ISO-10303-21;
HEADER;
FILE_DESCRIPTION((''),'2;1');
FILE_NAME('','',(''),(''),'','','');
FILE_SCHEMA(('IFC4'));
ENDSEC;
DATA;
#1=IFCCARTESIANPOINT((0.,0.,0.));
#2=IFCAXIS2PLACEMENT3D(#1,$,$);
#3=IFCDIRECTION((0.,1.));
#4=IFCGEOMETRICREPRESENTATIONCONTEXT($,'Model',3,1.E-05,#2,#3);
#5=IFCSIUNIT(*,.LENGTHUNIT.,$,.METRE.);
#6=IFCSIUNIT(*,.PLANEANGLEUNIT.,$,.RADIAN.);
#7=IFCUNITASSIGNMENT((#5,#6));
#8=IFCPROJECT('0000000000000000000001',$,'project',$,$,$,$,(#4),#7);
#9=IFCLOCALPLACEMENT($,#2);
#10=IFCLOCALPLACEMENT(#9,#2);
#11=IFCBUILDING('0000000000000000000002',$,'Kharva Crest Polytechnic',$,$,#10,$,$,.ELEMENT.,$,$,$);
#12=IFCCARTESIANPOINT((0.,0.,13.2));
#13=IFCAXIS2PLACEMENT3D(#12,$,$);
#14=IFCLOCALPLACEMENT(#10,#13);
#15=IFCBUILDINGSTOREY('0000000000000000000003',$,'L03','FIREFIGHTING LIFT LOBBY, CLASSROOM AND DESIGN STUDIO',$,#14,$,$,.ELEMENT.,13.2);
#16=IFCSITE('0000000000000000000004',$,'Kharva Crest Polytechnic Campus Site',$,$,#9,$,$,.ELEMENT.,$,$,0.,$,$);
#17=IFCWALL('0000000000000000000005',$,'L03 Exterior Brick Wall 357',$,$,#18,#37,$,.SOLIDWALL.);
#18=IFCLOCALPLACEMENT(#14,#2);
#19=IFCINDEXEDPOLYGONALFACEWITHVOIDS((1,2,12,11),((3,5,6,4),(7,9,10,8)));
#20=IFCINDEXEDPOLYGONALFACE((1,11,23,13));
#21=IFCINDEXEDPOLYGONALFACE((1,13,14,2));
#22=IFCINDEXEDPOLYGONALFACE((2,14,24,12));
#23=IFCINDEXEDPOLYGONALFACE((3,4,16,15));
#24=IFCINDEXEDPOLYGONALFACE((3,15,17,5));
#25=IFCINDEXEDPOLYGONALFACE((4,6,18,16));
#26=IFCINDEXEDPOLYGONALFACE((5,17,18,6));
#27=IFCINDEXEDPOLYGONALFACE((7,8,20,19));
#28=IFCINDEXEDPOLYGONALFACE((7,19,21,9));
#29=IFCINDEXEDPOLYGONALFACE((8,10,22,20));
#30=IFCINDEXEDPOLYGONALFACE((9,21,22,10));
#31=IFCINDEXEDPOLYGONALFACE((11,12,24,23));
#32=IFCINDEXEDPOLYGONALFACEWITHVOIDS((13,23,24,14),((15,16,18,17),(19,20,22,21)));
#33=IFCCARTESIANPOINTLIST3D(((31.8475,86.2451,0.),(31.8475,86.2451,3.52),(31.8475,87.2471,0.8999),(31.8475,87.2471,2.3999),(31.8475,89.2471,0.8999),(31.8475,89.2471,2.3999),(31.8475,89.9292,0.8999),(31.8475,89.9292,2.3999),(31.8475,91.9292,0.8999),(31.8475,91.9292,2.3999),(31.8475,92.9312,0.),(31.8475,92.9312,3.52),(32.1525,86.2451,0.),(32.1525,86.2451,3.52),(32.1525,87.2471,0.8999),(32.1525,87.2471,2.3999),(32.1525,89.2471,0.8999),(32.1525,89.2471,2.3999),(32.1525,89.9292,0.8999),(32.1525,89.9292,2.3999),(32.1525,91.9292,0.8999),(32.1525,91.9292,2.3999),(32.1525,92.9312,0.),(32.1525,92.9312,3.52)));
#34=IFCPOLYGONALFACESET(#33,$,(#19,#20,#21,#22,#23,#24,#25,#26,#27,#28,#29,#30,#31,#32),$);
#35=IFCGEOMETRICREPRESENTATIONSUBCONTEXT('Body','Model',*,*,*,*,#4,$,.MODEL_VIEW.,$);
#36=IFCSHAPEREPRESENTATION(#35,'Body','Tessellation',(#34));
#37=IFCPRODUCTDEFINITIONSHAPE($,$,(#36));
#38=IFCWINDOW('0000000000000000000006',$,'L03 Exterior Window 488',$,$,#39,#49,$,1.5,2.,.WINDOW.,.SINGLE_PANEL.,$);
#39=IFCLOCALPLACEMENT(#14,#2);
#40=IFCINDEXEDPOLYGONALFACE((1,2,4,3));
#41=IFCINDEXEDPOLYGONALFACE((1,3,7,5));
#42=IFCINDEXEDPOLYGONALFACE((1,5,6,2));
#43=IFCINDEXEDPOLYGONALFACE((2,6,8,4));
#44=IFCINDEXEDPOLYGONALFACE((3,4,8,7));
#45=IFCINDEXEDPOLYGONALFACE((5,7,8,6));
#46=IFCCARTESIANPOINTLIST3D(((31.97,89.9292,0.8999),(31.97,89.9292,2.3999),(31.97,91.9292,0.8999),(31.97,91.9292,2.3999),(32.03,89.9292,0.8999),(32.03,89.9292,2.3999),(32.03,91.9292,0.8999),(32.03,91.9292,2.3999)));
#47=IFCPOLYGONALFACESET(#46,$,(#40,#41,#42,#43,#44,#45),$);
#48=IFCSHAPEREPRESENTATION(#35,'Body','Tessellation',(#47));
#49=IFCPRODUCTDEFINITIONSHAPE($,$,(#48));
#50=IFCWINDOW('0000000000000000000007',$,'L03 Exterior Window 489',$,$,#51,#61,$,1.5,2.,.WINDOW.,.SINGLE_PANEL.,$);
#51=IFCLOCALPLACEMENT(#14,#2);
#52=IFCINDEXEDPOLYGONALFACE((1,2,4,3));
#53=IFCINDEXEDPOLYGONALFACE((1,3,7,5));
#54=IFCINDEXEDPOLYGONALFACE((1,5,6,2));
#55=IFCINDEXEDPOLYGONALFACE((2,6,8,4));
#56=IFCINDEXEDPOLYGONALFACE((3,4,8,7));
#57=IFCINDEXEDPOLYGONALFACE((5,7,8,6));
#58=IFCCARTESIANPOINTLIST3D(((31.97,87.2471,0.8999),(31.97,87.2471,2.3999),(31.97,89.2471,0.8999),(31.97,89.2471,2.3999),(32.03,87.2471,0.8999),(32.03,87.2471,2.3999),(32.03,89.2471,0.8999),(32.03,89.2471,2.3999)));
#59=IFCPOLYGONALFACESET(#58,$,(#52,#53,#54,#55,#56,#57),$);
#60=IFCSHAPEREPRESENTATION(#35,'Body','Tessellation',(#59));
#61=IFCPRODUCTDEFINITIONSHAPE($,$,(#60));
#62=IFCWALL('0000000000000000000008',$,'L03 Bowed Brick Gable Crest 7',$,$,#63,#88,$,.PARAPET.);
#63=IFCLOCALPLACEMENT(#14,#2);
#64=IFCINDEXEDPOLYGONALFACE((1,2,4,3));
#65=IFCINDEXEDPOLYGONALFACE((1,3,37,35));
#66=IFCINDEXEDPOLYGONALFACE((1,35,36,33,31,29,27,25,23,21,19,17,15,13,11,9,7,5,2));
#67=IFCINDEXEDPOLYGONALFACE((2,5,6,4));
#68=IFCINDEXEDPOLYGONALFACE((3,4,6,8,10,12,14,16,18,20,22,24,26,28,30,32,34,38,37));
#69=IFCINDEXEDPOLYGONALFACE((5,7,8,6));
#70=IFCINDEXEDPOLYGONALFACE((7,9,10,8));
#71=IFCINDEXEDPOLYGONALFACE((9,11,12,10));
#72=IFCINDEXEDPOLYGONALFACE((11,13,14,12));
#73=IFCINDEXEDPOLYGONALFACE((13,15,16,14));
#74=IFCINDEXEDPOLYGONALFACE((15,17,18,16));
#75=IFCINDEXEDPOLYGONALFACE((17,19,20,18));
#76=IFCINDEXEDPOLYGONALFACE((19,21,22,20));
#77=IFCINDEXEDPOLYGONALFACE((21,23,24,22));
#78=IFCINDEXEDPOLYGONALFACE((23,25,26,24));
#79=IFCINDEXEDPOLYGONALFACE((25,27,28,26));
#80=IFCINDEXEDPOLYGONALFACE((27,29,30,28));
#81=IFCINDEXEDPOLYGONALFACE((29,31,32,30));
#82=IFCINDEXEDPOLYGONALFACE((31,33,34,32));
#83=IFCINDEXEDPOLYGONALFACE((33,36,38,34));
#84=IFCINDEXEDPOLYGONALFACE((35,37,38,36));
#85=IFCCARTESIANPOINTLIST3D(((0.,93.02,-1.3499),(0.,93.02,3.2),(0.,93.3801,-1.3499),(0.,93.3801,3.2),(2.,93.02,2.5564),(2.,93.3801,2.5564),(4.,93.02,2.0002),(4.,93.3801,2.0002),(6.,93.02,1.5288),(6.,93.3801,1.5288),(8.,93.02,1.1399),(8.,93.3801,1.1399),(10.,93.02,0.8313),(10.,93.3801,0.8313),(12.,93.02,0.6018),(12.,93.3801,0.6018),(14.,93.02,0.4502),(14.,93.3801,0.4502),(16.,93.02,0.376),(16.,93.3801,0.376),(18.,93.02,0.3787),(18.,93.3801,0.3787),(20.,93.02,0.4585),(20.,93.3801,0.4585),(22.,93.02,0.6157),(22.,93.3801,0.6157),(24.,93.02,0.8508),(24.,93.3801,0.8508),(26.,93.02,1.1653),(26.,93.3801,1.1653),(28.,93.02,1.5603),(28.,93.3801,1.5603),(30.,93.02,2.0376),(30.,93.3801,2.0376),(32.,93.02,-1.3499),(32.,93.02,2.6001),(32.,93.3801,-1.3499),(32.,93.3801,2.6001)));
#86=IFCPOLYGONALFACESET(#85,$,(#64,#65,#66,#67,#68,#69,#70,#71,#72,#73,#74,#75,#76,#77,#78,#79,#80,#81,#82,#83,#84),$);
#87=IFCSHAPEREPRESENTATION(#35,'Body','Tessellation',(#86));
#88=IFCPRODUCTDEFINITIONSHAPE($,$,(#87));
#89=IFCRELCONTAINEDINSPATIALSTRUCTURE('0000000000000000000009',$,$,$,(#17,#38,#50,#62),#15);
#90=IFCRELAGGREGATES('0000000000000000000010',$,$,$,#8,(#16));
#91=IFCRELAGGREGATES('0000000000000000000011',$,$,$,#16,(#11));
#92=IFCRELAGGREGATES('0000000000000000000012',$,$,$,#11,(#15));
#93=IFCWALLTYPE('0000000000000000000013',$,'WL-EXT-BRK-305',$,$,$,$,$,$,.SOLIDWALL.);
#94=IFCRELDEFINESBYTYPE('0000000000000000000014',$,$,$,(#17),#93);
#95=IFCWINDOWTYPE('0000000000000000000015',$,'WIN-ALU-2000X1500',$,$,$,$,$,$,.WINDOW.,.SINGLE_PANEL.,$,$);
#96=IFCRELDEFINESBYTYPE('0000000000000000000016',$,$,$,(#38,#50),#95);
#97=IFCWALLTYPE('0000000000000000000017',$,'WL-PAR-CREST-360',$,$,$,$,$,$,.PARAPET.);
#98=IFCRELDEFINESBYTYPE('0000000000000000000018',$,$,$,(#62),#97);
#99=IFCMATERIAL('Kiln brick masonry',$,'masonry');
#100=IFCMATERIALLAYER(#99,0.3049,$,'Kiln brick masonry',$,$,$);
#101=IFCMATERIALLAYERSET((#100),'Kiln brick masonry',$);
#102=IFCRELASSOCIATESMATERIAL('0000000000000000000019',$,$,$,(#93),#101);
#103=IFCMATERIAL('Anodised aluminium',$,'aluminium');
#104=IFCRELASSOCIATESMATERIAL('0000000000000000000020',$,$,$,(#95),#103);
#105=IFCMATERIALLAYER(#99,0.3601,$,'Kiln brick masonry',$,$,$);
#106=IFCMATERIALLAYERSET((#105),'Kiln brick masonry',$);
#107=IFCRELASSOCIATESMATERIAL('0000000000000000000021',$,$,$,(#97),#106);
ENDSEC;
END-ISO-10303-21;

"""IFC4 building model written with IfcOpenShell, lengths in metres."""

from ifc_helpers import new_model, si_unit, direction, frame, frame_2d, origin, place, context, subcontext, project, spatial, polyline, rectangle, outline, extrude, material, layer, layer_set, type_object, element, fill, save


model = new_model("IFC4")

# Units and contexts
model_context = context("Model", 3, precision=1e-05, world=origin(), true_north=direction((0.0, 1.0)))
body_context = subcontext(model_context, "Body", "Model", "MODEL_VIEW")
ifc_project = project(units=[si_unit("LENGTHUNIT", "METRE"), si_unit("PLANEANGLEUNIT", "RADIAN")], contexts=[model_context])

# Site, building, storey
site_placement = place(None, origin())
site = spatial("IfcSite", under=ifc_project, at=site_placement, Name="Kharva Crest Polytechnic Campus Site", CompositionType="ELEMENT", RefElevation=0.0)
building_placement = place(site_placement, origin())
building = spatial("IfcBuilding", under=site, at=building_placement, Name="Kharva Crest Polytechnic", CompositionType="ELEMENT")
storey_placement = place(building_placement, frame((0.0, 0.0, 13.2)))
storey = spatial("IfcBuildingStorey", under=building, at=storey_placement, Name="L03", Description="FIREFIGHTING LIFT LOBBY, CLASSROOM AND DESIGN STUDIO", CompositionType="ELEMENT", Elevation=13.2)

# Wall, openings, windows
ifc_material_1 = material(Name="Kiln brick masonry", Category="masonry")
ifc_layer_1 = layer(ifc_material_1, 0.3049, Name="Kiln brick masonry")
ifc_layer_set_1 = layer_set([ifc_layer_1], Name="Kiln brick masonry")
wall_type_1 = type_object("IfcWallType", Name="WL-EXT-BRK-305", PredefinedType="SOLIDWALL", material=ifc_layer_set_1)
wall_1_placement = place(storey_placement, frame((32.0, 92.9312, 0.0), z_axis=(0.0, 0.0, 1.0), x_axis=(0.0, -1.0, 0.0)))
wall_1 = element("IfcWall", 1, at=wall_1_placement, inside=storey, type_object=wall_type_1, Name="L03 Exterior Brick Wall 357", PredefinedType="SOLIDWALL", context=body_context, shape_type="SweptSolid", body=[
    extrude(rectangle(XDim=6.686, YDim=0.3049, at=frame_2d((3.343, 0.0))), origin(), (0.0, 0.0, 1.0), 3.52),
])
opening_1_placement = place(wall_1_placement, frame((1.002, 0.0, 0.8999)))
opening_1 = element("IfcOpeningElement", 2, at=opening_1_placement, cuts=wall_1, PredefinedType="OPENING", context=body_context, shape_type="SweptSolid", body=[
    extrude(rectangle(XDim=2.0, YDim=1.5, at=frame_2d((1.0, 0.75))), frame((0.0, 0.1624, 0.0), z_axis=(0.0, -1.0, 0.0), x_axis=(1.0, 0.0, 0.0)), (0.0, 0.0, 1.0), 0.325),
])
opening_2_placement = place(wall_1_placement, frame((3.6841, 0.0, 0.8999)))
opening_2 = element("IfcOpeningElement", 3, at=opening_2_placement, cuts=wall_1, PredefinedType="OPENING", context=body_context, shape_type="SweptSolid", body=[
    extrude(rectangle(XDim=2.0, YDim=1.5, at=frame_2d((1.0, 0.75))), frame((0.0, 0.1624, 0.0), z_axis=(0.0, -1.0, 0.0), x_axis=(1.0, 0.0, 0.0)), (0.0, 0.0, 1.0), 0.325),
])
ifc_material_2 = material(Name="Anodised aluminium", Category="aluminium")
window_type = type_object("IfcWindowType", Name="WIN-ALU-2000X1500", PartitioningType="SINGLE_PANEL", PredefinedType="WINDOW", material=ifc_material_2)
window_1_placement = place(opening_1_placement, origin())
window_1 = element("IfcWindow", 4, at=window_1_placement, inside=storey, type_object=window_type, Name="L03 Exterior Window 488", OverallHeight=1.5, OverallWidth=2.0, PartitioningType="SINGLE_PANEL", PredefinedType="WINDOW", context=body_context, shape_type="SweptSolid", body=[
    extrude(rectangle(XDim=2.0, YDim=1.5, at=frame_2d((1.0, 0.75))), frame((0.0, 0.03, 0.0), z_axis=(0.0, -1.0, 0.0), x_axis=(1.0, 0.0, 0.0)), (0.0, 0.0, 1.0), 0.0601),
])
fill(opening_1, window_1)
window_2_placement = place(opening_2_placement, origin())
window_2 = element("IfcWindow", 5, at=window_2_placement, inside=storey, type_object=window_type, Name="L03 Exterior Window 489", OverallHeight=1.5, OverallWidth=2.0, PartitioningType="SINGLE_PANEL", PredefinedType="WINDOW", context=body_context, shape_type="SweptSolid", body=[
    extrude(rectangle(XDim=2.0, YDim=1.5, at=frame_2d((1.0, 0.75))), frame((0.0, 0.03, 0.0), z_axis=(0.0, -1.0, 0.0), x_axis=(1.0, 0.0, 0.0)), (0.0, 0.0, 1.0), 0.0601),
])
fill(opening_2, window_2)

# Wall
ifc_layer_2 = layer(ifc_material_1, 0.3601, Name="Kiln brick masonry")
ifc_layer_set_2 = layer_set([ifc_layer_2], Name="Kiln brick masonry")
wall_type_2 = type_object("IfcWallType", Name="WL-PAR-CREST-360", PredefinedType="PARAPET", material=ifc_layer_set_2)
wall_2_placement = place(storey_placement, frame((0.0, 93.2, -1.3499), z_axis=(0.0, 0.0, 1.0), x_axis=(1.0, 0.0, 0.0)))
element("IfcWall", 6, at=wall_2_placement, inside=storey, type_object=wall_type_2, Name="L03 Bowed Brick Gable Crest 7", PredefinedType="PARAPET", context=body_context, shape_type="SweptSolid", body=[
    extrude(outline(polyline([(0.0, 0.0), (32.0, 0.0), (32.0, 3.95), (30.0, 3.3875), (28.0, 2.9102), (26.0, 2.5151), (24.0, 2.2007), (22.0, 1.9656), (20.0, 1.8083), (18.0, 1.7285), (16.0, 1.7258), (14.0, 1.8), (12.0, 1.9517), (10.0, 2.1812), (8.0, 2.4897), (6.0, 2.8787), (4.0, 3.3501), (2.0, 3.9062), (0.0, 4.5498), (0.0, 0.0)])), frame((0.0, 0.1802, 0.0), z_axis=(0.0, -1.0, 0.0), x_axis=(1.0, 0.0, 0.0)), (0.0, 0.0, 1.0), 0.3601),
])

save(model, "model.ifc")
